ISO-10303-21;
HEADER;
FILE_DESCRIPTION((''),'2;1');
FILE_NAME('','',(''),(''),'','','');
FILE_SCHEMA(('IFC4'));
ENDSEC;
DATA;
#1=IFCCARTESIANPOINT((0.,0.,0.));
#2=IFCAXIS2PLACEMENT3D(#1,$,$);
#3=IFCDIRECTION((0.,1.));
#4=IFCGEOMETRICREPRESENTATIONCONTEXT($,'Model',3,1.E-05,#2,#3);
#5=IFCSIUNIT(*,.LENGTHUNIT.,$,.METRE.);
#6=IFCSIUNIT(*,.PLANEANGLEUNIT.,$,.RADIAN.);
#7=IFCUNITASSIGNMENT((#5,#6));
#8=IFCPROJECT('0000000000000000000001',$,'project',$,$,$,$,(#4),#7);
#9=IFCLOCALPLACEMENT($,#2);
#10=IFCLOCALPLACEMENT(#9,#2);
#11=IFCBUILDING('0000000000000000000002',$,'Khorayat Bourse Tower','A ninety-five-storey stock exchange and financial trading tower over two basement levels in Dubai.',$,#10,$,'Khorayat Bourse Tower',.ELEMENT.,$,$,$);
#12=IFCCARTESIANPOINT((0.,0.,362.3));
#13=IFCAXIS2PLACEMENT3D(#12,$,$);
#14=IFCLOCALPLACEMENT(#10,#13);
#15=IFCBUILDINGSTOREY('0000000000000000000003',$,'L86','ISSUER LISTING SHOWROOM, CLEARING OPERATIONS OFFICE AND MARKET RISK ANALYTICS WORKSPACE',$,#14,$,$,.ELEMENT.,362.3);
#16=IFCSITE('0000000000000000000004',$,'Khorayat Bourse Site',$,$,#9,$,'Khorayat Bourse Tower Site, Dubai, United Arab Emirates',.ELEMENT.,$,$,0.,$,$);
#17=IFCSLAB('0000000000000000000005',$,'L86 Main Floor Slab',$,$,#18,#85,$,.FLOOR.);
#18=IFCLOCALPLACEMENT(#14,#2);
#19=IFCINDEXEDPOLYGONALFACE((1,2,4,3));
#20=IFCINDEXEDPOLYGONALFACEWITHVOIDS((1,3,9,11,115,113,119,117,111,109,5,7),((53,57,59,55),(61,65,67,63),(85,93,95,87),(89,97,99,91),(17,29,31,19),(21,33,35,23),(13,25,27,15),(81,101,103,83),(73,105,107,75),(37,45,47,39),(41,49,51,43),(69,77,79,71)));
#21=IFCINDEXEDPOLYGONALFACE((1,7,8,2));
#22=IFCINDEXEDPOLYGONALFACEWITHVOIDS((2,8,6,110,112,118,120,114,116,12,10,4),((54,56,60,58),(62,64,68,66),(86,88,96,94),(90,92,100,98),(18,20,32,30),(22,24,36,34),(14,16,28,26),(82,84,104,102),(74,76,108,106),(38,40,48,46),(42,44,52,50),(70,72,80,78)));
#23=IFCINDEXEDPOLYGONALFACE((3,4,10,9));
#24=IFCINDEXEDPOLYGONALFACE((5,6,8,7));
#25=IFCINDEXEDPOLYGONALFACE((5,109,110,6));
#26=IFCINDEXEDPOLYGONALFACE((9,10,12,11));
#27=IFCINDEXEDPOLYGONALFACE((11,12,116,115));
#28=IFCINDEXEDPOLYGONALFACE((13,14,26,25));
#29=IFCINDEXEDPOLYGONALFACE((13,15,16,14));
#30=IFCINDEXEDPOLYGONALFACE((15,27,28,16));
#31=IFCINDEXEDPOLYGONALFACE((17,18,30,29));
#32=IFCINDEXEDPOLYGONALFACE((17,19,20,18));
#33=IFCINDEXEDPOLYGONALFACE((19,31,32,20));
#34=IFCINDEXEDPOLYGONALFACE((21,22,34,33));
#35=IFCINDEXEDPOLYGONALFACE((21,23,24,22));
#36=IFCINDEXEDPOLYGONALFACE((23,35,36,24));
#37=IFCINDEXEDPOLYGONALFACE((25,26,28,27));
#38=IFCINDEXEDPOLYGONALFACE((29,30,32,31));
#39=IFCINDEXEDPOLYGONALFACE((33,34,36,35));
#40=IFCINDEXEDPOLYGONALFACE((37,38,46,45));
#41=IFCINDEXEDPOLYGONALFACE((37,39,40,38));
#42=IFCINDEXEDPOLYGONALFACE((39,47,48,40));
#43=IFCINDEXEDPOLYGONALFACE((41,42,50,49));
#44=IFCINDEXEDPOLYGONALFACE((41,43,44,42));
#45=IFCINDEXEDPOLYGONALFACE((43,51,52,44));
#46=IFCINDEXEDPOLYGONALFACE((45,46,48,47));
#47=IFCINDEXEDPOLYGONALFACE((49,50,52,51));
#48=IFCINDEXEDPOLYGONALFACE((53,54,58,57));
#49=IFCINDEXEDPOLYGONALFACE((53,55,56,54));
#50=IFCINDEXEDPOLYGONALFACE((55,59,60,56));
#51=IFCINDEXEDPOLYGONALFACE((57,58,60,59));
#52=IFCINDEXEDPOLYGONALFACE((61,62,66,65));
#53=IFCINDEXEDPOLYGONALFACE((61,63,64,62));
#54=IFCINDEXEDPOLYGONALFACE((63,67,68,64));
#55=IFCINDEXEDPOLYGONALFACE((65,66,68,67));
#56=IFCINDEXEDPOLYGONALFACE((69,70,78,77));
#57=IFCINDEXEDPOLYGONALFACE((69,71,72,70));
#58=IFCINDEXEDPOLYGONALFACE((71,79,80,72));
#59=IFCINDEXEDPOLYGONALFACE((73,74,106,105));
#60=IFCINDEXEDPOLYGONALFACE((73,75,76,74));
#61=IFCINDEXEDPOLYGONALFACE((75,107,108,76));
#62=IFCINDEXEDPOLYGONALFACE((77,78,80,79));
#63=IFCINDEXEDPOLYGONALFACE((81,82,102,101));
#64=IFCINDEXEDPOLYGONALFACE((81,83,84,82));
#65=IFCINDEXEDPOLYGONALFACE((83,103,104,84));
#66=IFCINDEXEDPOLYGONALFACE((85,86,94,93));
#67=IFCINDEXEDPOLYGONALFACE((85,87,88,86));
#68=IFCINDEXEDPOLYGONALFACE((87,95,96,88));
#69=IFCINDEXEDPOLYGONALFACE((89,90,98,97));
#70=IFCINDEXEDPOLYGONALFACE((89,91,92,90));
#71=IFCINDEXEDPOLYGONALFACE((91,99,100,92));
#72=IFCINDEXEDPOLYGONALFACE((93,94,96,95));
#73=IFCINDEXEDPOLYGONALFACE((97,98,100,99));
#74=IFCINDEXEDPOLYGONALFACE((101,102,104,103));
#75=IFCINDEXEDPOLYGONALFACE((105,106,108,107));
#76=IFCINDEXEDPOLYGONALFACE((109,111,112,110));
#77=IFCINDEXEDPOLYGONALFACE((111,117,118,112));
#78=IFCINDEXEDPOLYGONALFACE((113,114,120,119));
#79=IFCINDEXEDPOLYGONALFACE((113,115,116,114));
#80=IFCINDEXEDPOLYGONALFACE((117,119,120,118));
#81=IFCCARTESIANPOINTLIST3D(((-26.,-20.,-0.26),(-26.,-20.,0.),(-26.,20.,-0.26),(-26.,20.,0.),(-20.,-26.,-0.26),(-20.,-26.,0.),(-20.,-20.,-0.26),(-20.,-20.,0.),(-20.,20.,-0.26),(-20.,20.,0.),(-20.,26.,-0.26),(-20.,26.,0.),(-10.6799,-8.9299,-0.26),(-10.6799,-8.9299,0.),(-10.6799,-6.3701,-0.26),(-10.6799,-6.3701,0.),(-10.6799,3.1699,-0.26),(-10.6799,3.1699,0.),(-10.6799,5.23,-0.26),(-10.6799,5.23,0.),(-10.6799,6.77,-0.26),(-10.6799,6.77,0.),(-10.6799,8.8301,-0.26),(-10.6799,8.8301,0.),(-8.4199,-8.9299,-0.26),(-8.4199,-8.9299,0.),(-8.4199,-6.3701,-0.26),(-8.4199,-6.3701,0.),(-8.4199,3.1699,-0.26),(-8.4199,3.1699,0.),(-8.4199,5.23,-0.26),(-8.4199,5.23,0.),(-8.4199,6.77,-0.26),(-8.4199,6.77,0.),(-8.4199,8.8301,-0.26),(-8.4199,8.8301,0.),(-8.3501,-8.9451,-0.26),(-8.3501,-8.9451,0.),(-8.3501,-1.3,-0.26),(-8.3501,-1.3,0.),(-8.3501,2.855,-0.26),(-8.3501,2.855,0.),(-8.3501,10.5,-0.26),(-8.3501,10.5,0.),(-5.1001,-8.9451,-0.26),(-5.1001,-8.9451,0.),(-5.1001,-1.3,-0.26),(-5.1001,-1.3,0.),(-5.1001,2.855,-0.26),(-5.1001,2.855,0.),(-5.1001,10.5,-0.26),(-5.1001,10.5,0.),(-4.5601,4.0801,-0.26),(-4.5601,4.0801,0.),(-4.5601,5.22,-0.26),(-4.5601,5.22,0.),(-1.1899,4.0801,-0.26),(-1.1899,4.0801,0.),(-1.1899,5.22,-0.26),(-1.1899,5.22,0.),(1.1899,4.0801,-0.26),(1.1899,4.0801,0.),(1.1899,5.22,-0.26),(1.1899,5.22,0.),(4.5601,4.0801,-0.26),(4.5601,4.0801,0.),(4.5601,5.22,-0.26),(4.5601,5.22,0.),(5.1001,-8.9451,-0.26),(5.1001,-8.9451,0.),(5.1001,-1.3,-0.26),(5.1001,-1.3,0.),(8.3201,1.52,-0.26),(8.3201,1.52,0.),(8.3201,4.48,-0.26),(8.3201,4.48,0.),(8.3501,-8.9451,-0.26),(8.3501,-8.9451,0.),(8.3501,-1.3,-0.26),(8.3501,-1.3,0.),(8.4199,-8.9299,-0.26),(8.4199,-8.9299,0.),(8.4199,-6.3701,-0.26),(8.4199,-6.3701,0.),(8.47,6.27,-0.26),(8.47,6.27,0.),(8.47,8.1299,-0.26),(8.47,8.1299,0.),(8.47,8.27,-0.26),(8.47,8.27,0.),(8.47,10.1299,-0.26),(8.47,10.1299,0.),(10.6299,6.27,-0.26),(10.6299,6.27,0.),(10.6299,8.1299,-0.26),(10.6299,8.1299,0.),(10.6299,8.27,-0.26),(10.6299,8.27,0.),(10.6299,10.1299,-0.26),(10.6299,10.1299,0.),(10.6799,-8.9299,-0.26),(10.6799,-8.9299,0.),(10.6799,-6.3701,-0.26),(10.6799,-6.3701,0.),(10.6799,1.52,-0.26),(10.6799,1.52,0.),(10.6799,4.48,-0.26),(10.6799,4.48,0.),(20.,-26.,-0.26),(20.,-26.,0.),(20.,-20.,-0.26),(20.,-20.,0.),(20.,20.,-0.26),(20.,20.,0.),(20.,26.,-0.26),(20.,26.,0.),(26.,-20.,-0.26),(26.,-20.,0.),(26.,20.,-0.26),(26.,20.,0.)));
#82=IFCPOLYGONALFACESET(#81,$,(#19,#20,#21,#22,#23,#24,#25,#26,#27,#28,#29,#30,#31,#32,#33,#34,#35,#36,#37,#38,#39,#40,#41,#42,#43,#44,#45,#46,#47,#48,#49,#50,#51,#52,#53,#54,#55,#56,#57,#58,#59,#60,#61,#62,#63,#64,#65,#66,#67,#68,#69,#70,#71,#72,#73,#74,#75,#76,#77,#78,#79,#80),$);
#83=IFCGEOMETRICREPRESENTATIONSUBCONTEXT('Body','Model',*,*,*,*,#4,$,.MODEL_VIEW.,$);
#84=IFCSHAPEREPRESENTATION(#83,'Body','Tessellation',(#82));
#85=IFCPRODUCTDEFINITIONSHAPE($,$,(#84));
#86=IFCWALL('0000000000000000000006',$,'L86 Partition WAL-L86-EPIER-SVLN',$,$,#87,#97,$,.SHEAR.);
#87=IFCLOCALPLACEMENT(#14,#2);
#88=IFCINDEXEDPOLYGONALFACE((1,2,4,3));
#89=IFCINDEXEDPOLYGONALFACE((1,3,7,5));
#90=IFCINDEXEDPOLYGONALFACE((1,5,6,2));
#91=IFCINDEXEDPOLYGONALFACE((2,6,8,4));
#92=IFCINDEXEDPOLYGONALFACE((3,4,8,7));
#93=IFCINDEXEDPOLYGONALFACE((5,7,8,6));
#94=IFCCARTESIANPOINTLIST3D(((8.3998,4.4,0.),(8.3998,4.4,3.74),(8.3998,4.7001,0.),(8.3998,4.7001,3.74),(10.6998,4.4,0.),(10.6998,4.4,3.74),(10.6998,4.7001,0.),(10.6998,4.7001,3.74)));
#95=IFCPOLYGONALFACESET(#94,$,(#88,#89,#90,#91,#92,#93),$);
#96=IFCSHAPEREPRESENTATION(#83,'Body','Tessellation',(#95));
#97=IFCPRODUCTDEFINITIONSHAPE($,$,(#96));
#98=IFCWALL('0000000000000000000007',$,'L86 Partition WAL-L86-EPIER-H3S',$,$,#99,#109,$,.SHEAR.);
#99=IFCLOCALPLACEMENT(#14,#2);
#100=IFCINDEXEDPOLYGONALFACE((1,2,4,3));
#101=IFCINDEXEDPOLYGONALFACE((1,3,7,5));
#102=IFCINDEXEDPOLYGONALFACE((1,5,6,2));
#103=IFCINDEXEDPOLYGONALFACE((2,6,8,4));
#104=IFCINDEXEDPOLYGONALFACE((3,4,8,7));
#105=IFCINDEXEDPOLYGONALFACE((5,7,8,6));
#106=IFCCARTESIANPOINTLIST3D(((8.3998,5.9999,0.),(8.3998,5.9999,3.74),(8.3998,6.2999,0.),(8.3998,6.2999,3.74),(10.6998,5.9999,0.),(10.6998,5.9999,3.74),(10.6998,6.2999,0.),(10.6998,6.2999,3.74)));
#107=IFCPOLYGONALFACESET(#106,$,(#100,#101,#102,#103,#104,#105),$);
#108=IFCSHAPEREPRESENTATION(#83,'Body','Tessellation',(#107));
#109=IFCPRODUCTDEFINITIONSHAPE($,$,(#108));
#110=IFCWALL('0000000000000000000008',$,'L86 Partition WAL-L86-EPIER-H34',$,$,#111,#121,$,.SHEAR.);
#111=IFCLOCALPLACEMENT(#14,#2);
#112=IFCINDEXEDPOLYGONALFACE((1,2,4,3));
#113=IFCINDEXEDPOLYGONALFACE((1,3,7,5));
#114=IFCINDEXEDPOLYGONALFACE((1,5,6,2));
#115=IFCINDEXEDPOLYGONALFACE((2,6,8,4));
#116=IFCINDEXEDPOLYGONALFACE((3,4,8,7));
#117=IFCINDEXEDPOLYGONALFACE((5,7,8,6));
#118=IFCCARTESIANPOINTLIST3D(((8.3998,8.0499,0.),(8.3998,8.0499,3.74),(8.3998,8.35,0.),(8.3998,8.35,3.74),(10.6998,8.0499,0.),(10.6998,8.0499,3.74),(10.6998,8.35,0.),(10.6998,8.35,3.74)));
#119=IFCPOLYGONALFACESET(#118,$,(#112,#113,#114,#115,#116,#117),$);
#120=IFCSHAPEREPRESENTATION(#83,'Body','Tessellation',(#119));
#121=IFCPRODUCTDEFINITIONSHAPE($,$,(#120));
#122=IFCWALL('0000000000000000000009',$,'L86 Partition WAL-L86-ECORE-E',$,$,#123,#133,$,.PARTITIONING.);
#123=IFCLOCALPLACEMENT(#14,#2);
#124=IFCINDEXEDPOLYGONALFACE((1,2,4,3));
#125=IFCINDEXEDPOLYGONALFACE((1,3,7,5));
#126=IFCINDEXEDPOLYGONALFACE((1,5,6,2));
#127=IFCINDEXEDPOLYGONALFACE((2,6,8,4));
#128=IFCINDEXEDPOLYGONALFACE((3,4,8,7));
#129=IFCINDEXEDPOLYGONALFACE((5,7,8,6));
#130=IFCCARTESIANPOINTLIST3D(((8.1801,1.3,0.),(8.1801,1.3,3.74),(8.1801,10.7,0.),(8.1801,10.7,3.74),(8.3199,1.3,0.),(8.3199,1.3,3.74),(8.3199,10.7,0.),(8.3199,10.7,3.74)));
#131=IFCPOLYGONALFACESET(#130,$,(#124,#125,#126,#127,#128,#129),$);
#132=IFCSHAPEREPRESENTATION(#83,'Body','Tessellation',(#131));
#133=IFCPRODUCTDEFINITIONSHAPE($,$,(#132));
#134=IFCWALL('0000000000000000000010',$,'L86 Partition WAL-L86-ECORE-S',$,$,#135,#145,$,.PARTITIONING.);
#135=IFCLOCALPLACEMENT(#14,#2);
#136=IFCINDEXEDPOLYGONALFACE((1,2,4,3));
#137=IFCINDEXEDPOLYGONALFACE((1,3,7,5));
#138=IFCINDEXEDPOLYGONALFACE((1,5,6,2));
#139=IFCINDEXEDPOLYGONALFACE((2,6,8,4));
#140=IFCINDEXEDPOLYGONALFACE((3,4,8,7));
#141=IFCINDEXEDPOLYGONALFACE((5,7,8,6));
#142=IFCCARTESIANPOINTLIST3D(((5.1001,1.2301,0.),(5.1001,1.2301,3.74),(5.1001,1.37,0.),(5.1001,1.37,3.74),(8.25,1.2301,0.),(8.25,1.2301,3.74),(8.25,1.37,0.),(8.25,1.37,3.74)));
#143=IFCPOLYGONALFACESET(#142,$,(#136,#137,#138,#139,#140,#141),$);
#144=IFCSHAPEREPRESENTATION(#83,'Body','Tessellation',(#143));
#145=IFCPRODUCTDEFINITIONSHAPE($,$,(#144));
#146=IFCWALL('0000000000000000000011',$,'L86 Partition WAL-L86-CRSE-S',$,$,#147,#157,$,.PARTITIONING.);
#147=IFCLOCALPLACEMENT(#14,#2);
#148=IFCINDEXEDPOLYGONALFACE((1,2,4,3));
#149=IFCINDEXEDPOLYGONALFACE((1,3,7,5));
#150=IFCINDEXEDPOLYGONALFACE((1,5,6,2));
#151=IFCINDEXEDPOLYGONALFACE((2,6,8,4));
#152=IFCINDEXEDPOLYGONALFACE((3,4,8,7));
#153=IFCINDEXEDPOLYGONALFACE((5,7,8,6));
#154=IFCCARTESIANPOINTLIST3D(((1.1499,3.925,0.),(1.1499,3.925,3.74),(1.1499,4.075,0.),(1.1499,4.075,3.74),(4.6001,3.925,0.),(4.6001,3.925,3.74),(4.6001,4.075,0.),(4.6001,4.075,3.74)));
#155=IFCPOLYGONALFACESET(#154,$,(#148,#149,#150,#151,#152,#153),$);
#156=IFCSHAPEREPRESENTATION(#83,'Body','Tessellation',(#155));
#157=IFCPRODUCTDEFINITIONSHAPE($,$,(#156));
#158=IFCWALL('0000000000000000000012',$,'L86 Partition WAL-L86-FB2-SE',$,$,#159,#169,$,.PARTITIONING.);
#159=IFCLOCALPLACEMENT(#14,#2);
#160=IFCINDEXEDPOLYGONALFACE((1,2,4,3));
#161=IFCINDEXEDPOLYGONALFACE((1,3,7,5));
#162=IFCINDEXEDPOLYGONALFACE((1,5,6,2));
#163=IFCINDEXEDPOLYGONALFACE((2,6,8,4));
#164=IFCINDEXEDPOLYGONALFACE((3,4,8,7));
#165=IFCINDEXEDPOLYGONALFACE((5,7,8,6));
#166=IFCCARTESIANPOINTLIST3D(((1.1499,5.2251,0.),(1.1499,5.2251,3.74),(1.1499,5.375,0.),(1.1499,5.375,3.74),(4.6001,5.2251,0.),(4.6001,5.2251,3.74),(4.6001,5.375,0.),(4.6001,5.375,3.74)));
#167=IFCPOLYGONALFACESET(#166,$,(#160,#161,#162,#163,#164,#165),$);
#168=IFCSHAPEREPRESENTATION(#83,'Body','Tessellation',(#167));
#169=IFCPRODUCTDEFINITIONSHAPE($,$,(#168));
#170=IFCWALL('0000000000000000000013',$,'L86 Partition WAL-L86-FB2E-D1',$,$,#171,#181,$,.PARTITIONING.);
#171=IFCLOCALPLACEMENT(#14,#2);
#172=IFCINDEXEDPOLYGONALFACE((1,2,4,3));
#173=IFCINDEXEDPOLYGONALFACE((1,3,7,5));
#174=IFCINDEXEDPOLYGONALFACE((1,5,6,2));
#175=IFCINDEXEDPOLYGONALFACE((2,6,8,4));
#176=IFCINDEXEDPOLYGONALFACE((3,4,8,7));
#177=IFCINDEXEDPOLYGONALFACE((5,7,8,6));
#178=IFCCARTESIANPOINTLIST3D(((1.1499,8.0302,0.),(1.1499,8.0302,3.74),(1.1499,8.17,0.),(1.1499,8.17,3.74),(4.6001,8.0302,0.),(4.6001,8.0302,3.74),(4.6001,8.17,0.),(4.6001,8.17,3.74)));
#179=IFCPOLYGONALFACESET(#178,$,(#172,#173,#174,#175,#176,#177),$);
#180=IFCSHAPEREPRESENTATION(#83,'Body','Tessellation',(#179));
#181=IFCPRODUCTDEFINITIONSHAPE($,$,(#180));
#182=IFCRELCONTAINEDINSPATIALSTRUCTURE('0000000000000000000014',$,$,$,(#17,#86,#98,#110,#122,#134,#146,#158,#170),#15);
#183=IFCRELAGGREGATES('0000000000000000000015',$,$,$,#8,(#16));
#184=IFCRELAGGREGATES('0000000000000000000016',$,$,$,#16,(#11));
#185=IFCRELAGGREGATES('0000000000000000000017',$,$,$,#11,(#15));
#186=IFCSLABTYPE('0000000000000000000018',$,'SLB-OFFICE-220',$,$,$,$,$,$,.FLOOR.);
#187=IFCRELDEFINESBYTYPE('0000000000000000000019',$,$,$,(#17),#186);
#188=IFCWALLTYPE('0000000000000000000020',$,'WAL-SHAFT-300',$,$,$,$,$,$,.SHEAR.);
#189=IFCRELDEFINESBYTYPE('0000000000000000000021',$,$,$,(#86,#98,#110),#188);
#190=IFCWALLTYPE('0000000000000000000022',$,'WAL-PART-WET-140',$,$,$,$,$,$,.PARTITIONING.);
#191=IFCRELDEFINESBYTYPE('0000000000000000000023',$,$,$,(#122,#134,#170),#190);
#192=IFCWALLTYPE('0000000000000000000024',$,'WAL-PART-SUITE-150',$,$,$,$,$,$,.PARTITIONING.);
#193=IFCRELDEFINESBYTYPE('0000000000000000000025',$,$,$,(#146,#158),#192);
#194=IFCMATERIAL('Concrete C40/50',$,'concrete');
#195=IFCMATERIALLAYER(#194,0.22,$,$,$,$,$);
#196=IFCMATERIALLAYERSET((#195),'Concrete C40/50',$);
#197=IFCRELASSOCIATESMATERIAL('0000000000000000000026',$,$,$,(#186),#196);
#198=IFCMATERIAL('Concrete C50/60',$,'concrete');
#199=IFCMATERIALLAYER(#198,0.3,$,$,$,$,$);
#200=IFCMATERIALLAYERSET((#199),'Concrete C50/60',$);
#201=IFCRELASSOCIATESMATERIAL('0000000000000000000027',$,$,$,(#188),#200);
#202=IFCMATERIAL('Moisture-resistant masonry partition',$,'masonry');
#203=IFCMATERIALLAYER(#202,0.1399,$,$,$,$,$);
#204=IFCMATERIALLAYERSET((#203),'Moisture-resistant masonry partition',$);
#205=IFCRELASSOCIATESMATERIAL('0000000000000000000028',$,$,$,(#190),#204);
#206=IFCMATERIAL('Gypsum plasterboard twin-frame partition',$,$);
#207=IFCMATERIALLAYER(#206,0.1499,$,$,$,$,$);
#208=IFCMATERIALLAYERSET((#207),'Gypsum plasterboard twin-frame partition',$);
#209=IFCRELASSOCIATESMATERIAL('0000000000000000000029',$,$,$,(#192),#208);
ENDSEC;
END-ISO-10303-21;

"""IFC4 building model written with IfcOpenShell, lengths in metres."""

from ifc_helpers import new_model, si_unit, direction, frame, frame_2d, origin, place, context, subcontext, project, spatial, polyline, rectangle, outline, extrude, source, transform, mapped, material, layer, layer_set, type_object, element, save


model = new_model("IFC4")

# Units and contexts
model_context = context("Model", 3, precision=1e-05, world=origin(), true_north=direction((0.0, 1.0)))
body_context = subcontext(model_context, "Body", "Model", "MODEL_VIEW")
ifc_project = project(units=[si_unit("LENGTHUNIT", "METRE"), si_unit("PLANEANGLEUNIT", "RADIAN")], contexts=[model_context])

# Site, building, storey
site_placement = place(None, origin())
site = spatial("IfcSite", under=ifc_project, at=site_placement, Name="Khorayat Bourse Site", LongName="Khorayat Bourse Tower Site, Dubai, United Arab Emirates", CompositionType="ELEMENT", RefElevation=0.0)
building_placement = place(site_placement, origin())
building = spatial("IfcBuilding", under=site, at=building_placement, Name="Khorayat Bourse Tower", Description="A ninety-five-storey stock exchange and financial trading tower over two basement levels in Dubai.", LongName="Khorayat Bourse Tower", CompositionType="ELEMENT")
storey_placement = place(building_placement, frame((0.0, 0.0, 362.3)))
storey = spatial("IfcBuildingStorey", under=building, at=storey_placement, Name="L86", Description="ISSUER LISTING SHOWROOM, CLEARING OPERATIONS OFFICE AND MARKET RISK ANALYTICS WORKSPACE", CompositionType="ELEMENT", Elevation=362.3)

# Shared definitions
ifc_material_1 = material(Name="Concrete C40/50", Category="concrete")

# Slab
ifc_layer_1 = layer(ifc_material_1, 0.22)
ifc_layer_set_1 = layer_set([ifc_layer_1], Name="Concrete C40/50")
slab_type_1 = type_object("IfcSlabType", Name="SLB-OFFICE-220", PredefinedType="FLOOR", material=ifc_layer_set_1)
slab_1_placement = place(storey_placement, frame((0.0, 0.0, -0.26)))
element("IfcSlab", 1, at=slab_1_placement, inside=storey, type_object=slab_type_1, Name="L86 Main Floor Slab", PredefinedType="FLOOR", context=body_context, shape_type="SweptSolid", body=[
    extrude(outline(polyline([(-20.0, -26.0), (20.0, -26.0), (20.0, -20.0), (26.0, -20.0), (26.0, 20.0), (20.0, 20.0), (20.0, 26.0), (-20.0, 26.0), (-20.0, 20.0), (-26.0, 20.0), (-26.0, -20.0), (-20.0, -20.0), (-20.0, -26.0)]), holes=[polyline([(-8.3501, -8.9451), (-5.1001, -8.9451), (-5.1001, -1.3), (-8.3501, -1.3), (-8.3501, -8.9451)]), polyline([(-8.3501, 2.855), (-5.1001, 2.855), (-5.1001, 10.5), (-8.3501, 10.5), (-8.3501, 2.855)]), polyline([(5.1001, -8.9451), (8.3501, -8.9451), (8.3501, -1.3), (5.1001, -1.3), (5.1001, -8.9451)]), polyline([(-10.6799, 3.1699), (-8.4199, 3.1699), (-8.4199, 5.23), (-10.6799, 5.23), (-10.6799, 3.1699)]), polyline([(-10.6799, 6.77), (-8.4199, 6.77), (-8.4199, 8.8301), (-10.6799, 8.8301), (-10.6799, 6.77)]), polyline([(8.47, 6.27), (10.6299, 6.27), (10.6299, 8.1299), (8.47, 8.1299), (8.47, 6.27)]), polyline([(8.47, 8.27), (10.6299, 8.27), (10.6299, 10.1299), (8.47, 10.1299), (8.47, 8.27)]), polyline([(-10.6799, -8.9299), (-8.4199, -8.9299), (-8.4199, -6.3701), (-10.6799, -6.3701), (-10.6799, -8.9299)]), polyline([(8.4199, -8.9299), (10.6799, -8.9299), (10.6799, -6.3701), (8.4199, -6.3701), (8.4199, -8.9299)]), polyline([(8.3201, 1.52), (10.6799, 1.52), (10.6799, 4.48), (8.3201, 4.48), (8.3201, 1.52)]), polyline([(-4.5601, 4.0801), (-1.1899, 4.0801), (-1.1899, 5.22), (-4.5601, 5.22), (-4.5601, 4.0801)]), polyline([(1.1899, 4.0801), (4.5601, 4.0801), (4.5601, 5.22), (1.1899, 5.22), (1.1899, 4.0801)])]), origin(), (0.0, 0.0, 1.0), 0.26),
])

# Walls
ifc_material_2 = material(Name="Concrete C50/60", Category="concrete")
ifc_layer_2 = layer(ifc_material_2, 0.3)
ifc_layer_set_2 = layer_set([ifc_layer_2], Name="Concrete C50/60")
wall_type_1 = type_object("IfcWallType", Name="WAL-SHAFT-300", PredefinedType="SHEAR", material=ifc_layer_set_2)
shared_shape_1 = source(origin(), body_context, "Body", "SweptSolid", [
    extrude(rectangle(XDim=2.3, YDim=0.3, at=frame_2d((1.1499, 0.0))), origin(), (0.0, 0.0, 1.0), 3.74),
])
for number, where, z_axis, x_axis, name in (
    (2, (8.3999, 4.55, 0.0), (0.0, 0.0, 1.0), (1.0, 0.0, 0.0), "L86 Partition WAL-L86-EPIER-SVLN"),
    (3, (8.3999, 6.1499, 0.0), (0.0, 0.0, 1.0), (1.0, 0.0, 0.0), "L86 Partition WAL-L86-EPIER-H3S"),
    (4, (8.3999, 8.2, 0.0), (0.0, 0.0, 1.0), (1.0, 0.0, 0.0), "L86 Partition WAL-L86-EPIER-H34"),
):
    element("IfcWall", number, at=place(storey_placement, frame(where, z_axis=z_axis, x_axis=x_axis)), inside=storey, type_object=wall_type_1, Name=name, PredefinedType="SHEAR", context=body_context, shape_type="MappedRepresentation", body=[
        mapped(shared_shape_1, transform((0.0, 0.0, 0.0), scale=1.0)),
    ])
ifc_material_3 = material(Name="Moisture-resistant masonry partition", Category="masonry")
ifc_layer_3 = layer(ifc_material_3, 0.1399)
ifc_layer_set_3 = layer_set([ifc_layer_3], Name="Moisture-resistant masonry partition")
wall_type_2 = type_object("IfcWallType", Name="WAL-PART-WET-140", PredefinedType="PARTITIONING", material=ifc_layer_set_3)
shared_shape_2 = source(origin(), body_context, "Body", "SweptSolid", [
    extrude(rectangle(XDim=9.3999, YDim=0.1399, at=frame_2d((4.7, 0.0))), origin(), (0.0, 0.0, 1.0), 3.74),
])
wall_1_placement = place(storey_placement, frame((8.25, 1.3, 0.0), z_axis=(0.0, 0.0, 1.0), x_axis=(0.0, 1.0, 0.0)))
element("IfcWall", 5, at=wall_1_placement, inside=storey, type_object=wall_type_2, Name="L86 Partition WAL-L86-ECORE-E", PredefinedType="PARTITIONING", context=body_context, shape_type="MappedRepresentation", body=[
    mapped(shared_shape_2, transform((0.0, 0.0, 0.0), scale=1.0)),
])
shared_shape_3 = source(origin(), body_context, "Body", "SweptSolid", [
    extrude(rectangle(XDim=3.1499, YDim=0.1399, at=frame_2d((1.575, 0.0))), origin(), (0.0, 0.0, 1.0), 3.74),
])
wall_2_placement = place(storey_placement, frame((5.1001, 1.3, 0.0), z_axis=(0.0, 0.0, 1.0), x_axis=(1.0, 0.0, 0.0)))
element("IfcWall", 6, at=wall_2_placement, inside=storey, type_object=wall_type_2, Name="L86 Partition WAL-L86-ECORE-S", PredefinedType="PARTITIONING", context=body_context, shape_type="MappedRepresentation", body=[
    mapped(shared_shape_3, transform((0.0, 0.0, 0.0), scale=1.0)),
])

# Walls
ifc_material_4 = material(Name="Gypsum plasterboard twin-frame partition")
ifc_layer_4 = layer(ifc_material_4, 0.1499)
ifc_layer_set_4 = layer_set([ifc_layer_4], Name="Gypsum plasterboard twin-frame partition")
wall_type_3 = type_object("IfcWallType", Name="WAL-PART-SUITE-150", PredefinedType="PARTITIONING", material=ifc_layer_set_4)
shared_shape_4 = source(origin(), body_context, "Body", "SweptSolid", [
    extrude(rectangle(XDim=3.4502, YDim=0.1499, at=frame_2d((1.7251, 0.0))), origin(), (0.0, 0.0, 1.0), 3.74),
])
for number, where, z_axis, x_axis, name in (
    (7, (1.1499, 4.0, 0.0), (0.0, 0.0, 1.0), (1.0, 0.0, 0.0), "L86 Partition WAL-L86-CRSE-S"),
    (8, (1.1499, 5.3, 0.0), (0.0, 0.0, 1.0), (1.0, 0.0, 0.0), "L86 Partition WAL-L86-FB2-SE"),
):
    element("IfcWall", number, at=place(storey_placement, frame(where, z_axis=z_axis, x_axis=x_axis)), inside=storey, type_object=wall_type_3, Name=name, PredefinedType="PARTITIONING", context=body_context, shape_type="MappedRepresentation", body=[
        mapped(shared_shape_4, transform((0.0, 0.0, 0.0), scale=1.0)),
    ])
shared_shape_5 = source(origin(), body_context, "Body", "SweptSolid", [
    extrude(rectangle(XDim=3.4502, YDim=0.1399, at=frame_2d((1.7251, 0.0))), origin(), (0.0, 0.0, 1.0), 3.74),
])
for number, where, z_axis, x_axis, name in (
    (9, (1.1499, 8.1001, 0.0), (0.0, 0.0, 1.0), (1.0, 0.0, 0.0), "L86 Partition WAL-L86-FB2E-D1"),
):
    element("IfcWall", number, at=place(storey_placement, frame(where, z_axis=z_axis, x_axis=x_axis)), inside=storey, type_object=wall_type_2, Name=name, PredefinedType="PARTITIONING", context=body_context, shape_type="MappedRepresentation", body=[
        mapped(shared_shape_5, transform((0.0, 0.0, 0.0), scale=1.0)),
    ])

save(model, "model.ifc")
